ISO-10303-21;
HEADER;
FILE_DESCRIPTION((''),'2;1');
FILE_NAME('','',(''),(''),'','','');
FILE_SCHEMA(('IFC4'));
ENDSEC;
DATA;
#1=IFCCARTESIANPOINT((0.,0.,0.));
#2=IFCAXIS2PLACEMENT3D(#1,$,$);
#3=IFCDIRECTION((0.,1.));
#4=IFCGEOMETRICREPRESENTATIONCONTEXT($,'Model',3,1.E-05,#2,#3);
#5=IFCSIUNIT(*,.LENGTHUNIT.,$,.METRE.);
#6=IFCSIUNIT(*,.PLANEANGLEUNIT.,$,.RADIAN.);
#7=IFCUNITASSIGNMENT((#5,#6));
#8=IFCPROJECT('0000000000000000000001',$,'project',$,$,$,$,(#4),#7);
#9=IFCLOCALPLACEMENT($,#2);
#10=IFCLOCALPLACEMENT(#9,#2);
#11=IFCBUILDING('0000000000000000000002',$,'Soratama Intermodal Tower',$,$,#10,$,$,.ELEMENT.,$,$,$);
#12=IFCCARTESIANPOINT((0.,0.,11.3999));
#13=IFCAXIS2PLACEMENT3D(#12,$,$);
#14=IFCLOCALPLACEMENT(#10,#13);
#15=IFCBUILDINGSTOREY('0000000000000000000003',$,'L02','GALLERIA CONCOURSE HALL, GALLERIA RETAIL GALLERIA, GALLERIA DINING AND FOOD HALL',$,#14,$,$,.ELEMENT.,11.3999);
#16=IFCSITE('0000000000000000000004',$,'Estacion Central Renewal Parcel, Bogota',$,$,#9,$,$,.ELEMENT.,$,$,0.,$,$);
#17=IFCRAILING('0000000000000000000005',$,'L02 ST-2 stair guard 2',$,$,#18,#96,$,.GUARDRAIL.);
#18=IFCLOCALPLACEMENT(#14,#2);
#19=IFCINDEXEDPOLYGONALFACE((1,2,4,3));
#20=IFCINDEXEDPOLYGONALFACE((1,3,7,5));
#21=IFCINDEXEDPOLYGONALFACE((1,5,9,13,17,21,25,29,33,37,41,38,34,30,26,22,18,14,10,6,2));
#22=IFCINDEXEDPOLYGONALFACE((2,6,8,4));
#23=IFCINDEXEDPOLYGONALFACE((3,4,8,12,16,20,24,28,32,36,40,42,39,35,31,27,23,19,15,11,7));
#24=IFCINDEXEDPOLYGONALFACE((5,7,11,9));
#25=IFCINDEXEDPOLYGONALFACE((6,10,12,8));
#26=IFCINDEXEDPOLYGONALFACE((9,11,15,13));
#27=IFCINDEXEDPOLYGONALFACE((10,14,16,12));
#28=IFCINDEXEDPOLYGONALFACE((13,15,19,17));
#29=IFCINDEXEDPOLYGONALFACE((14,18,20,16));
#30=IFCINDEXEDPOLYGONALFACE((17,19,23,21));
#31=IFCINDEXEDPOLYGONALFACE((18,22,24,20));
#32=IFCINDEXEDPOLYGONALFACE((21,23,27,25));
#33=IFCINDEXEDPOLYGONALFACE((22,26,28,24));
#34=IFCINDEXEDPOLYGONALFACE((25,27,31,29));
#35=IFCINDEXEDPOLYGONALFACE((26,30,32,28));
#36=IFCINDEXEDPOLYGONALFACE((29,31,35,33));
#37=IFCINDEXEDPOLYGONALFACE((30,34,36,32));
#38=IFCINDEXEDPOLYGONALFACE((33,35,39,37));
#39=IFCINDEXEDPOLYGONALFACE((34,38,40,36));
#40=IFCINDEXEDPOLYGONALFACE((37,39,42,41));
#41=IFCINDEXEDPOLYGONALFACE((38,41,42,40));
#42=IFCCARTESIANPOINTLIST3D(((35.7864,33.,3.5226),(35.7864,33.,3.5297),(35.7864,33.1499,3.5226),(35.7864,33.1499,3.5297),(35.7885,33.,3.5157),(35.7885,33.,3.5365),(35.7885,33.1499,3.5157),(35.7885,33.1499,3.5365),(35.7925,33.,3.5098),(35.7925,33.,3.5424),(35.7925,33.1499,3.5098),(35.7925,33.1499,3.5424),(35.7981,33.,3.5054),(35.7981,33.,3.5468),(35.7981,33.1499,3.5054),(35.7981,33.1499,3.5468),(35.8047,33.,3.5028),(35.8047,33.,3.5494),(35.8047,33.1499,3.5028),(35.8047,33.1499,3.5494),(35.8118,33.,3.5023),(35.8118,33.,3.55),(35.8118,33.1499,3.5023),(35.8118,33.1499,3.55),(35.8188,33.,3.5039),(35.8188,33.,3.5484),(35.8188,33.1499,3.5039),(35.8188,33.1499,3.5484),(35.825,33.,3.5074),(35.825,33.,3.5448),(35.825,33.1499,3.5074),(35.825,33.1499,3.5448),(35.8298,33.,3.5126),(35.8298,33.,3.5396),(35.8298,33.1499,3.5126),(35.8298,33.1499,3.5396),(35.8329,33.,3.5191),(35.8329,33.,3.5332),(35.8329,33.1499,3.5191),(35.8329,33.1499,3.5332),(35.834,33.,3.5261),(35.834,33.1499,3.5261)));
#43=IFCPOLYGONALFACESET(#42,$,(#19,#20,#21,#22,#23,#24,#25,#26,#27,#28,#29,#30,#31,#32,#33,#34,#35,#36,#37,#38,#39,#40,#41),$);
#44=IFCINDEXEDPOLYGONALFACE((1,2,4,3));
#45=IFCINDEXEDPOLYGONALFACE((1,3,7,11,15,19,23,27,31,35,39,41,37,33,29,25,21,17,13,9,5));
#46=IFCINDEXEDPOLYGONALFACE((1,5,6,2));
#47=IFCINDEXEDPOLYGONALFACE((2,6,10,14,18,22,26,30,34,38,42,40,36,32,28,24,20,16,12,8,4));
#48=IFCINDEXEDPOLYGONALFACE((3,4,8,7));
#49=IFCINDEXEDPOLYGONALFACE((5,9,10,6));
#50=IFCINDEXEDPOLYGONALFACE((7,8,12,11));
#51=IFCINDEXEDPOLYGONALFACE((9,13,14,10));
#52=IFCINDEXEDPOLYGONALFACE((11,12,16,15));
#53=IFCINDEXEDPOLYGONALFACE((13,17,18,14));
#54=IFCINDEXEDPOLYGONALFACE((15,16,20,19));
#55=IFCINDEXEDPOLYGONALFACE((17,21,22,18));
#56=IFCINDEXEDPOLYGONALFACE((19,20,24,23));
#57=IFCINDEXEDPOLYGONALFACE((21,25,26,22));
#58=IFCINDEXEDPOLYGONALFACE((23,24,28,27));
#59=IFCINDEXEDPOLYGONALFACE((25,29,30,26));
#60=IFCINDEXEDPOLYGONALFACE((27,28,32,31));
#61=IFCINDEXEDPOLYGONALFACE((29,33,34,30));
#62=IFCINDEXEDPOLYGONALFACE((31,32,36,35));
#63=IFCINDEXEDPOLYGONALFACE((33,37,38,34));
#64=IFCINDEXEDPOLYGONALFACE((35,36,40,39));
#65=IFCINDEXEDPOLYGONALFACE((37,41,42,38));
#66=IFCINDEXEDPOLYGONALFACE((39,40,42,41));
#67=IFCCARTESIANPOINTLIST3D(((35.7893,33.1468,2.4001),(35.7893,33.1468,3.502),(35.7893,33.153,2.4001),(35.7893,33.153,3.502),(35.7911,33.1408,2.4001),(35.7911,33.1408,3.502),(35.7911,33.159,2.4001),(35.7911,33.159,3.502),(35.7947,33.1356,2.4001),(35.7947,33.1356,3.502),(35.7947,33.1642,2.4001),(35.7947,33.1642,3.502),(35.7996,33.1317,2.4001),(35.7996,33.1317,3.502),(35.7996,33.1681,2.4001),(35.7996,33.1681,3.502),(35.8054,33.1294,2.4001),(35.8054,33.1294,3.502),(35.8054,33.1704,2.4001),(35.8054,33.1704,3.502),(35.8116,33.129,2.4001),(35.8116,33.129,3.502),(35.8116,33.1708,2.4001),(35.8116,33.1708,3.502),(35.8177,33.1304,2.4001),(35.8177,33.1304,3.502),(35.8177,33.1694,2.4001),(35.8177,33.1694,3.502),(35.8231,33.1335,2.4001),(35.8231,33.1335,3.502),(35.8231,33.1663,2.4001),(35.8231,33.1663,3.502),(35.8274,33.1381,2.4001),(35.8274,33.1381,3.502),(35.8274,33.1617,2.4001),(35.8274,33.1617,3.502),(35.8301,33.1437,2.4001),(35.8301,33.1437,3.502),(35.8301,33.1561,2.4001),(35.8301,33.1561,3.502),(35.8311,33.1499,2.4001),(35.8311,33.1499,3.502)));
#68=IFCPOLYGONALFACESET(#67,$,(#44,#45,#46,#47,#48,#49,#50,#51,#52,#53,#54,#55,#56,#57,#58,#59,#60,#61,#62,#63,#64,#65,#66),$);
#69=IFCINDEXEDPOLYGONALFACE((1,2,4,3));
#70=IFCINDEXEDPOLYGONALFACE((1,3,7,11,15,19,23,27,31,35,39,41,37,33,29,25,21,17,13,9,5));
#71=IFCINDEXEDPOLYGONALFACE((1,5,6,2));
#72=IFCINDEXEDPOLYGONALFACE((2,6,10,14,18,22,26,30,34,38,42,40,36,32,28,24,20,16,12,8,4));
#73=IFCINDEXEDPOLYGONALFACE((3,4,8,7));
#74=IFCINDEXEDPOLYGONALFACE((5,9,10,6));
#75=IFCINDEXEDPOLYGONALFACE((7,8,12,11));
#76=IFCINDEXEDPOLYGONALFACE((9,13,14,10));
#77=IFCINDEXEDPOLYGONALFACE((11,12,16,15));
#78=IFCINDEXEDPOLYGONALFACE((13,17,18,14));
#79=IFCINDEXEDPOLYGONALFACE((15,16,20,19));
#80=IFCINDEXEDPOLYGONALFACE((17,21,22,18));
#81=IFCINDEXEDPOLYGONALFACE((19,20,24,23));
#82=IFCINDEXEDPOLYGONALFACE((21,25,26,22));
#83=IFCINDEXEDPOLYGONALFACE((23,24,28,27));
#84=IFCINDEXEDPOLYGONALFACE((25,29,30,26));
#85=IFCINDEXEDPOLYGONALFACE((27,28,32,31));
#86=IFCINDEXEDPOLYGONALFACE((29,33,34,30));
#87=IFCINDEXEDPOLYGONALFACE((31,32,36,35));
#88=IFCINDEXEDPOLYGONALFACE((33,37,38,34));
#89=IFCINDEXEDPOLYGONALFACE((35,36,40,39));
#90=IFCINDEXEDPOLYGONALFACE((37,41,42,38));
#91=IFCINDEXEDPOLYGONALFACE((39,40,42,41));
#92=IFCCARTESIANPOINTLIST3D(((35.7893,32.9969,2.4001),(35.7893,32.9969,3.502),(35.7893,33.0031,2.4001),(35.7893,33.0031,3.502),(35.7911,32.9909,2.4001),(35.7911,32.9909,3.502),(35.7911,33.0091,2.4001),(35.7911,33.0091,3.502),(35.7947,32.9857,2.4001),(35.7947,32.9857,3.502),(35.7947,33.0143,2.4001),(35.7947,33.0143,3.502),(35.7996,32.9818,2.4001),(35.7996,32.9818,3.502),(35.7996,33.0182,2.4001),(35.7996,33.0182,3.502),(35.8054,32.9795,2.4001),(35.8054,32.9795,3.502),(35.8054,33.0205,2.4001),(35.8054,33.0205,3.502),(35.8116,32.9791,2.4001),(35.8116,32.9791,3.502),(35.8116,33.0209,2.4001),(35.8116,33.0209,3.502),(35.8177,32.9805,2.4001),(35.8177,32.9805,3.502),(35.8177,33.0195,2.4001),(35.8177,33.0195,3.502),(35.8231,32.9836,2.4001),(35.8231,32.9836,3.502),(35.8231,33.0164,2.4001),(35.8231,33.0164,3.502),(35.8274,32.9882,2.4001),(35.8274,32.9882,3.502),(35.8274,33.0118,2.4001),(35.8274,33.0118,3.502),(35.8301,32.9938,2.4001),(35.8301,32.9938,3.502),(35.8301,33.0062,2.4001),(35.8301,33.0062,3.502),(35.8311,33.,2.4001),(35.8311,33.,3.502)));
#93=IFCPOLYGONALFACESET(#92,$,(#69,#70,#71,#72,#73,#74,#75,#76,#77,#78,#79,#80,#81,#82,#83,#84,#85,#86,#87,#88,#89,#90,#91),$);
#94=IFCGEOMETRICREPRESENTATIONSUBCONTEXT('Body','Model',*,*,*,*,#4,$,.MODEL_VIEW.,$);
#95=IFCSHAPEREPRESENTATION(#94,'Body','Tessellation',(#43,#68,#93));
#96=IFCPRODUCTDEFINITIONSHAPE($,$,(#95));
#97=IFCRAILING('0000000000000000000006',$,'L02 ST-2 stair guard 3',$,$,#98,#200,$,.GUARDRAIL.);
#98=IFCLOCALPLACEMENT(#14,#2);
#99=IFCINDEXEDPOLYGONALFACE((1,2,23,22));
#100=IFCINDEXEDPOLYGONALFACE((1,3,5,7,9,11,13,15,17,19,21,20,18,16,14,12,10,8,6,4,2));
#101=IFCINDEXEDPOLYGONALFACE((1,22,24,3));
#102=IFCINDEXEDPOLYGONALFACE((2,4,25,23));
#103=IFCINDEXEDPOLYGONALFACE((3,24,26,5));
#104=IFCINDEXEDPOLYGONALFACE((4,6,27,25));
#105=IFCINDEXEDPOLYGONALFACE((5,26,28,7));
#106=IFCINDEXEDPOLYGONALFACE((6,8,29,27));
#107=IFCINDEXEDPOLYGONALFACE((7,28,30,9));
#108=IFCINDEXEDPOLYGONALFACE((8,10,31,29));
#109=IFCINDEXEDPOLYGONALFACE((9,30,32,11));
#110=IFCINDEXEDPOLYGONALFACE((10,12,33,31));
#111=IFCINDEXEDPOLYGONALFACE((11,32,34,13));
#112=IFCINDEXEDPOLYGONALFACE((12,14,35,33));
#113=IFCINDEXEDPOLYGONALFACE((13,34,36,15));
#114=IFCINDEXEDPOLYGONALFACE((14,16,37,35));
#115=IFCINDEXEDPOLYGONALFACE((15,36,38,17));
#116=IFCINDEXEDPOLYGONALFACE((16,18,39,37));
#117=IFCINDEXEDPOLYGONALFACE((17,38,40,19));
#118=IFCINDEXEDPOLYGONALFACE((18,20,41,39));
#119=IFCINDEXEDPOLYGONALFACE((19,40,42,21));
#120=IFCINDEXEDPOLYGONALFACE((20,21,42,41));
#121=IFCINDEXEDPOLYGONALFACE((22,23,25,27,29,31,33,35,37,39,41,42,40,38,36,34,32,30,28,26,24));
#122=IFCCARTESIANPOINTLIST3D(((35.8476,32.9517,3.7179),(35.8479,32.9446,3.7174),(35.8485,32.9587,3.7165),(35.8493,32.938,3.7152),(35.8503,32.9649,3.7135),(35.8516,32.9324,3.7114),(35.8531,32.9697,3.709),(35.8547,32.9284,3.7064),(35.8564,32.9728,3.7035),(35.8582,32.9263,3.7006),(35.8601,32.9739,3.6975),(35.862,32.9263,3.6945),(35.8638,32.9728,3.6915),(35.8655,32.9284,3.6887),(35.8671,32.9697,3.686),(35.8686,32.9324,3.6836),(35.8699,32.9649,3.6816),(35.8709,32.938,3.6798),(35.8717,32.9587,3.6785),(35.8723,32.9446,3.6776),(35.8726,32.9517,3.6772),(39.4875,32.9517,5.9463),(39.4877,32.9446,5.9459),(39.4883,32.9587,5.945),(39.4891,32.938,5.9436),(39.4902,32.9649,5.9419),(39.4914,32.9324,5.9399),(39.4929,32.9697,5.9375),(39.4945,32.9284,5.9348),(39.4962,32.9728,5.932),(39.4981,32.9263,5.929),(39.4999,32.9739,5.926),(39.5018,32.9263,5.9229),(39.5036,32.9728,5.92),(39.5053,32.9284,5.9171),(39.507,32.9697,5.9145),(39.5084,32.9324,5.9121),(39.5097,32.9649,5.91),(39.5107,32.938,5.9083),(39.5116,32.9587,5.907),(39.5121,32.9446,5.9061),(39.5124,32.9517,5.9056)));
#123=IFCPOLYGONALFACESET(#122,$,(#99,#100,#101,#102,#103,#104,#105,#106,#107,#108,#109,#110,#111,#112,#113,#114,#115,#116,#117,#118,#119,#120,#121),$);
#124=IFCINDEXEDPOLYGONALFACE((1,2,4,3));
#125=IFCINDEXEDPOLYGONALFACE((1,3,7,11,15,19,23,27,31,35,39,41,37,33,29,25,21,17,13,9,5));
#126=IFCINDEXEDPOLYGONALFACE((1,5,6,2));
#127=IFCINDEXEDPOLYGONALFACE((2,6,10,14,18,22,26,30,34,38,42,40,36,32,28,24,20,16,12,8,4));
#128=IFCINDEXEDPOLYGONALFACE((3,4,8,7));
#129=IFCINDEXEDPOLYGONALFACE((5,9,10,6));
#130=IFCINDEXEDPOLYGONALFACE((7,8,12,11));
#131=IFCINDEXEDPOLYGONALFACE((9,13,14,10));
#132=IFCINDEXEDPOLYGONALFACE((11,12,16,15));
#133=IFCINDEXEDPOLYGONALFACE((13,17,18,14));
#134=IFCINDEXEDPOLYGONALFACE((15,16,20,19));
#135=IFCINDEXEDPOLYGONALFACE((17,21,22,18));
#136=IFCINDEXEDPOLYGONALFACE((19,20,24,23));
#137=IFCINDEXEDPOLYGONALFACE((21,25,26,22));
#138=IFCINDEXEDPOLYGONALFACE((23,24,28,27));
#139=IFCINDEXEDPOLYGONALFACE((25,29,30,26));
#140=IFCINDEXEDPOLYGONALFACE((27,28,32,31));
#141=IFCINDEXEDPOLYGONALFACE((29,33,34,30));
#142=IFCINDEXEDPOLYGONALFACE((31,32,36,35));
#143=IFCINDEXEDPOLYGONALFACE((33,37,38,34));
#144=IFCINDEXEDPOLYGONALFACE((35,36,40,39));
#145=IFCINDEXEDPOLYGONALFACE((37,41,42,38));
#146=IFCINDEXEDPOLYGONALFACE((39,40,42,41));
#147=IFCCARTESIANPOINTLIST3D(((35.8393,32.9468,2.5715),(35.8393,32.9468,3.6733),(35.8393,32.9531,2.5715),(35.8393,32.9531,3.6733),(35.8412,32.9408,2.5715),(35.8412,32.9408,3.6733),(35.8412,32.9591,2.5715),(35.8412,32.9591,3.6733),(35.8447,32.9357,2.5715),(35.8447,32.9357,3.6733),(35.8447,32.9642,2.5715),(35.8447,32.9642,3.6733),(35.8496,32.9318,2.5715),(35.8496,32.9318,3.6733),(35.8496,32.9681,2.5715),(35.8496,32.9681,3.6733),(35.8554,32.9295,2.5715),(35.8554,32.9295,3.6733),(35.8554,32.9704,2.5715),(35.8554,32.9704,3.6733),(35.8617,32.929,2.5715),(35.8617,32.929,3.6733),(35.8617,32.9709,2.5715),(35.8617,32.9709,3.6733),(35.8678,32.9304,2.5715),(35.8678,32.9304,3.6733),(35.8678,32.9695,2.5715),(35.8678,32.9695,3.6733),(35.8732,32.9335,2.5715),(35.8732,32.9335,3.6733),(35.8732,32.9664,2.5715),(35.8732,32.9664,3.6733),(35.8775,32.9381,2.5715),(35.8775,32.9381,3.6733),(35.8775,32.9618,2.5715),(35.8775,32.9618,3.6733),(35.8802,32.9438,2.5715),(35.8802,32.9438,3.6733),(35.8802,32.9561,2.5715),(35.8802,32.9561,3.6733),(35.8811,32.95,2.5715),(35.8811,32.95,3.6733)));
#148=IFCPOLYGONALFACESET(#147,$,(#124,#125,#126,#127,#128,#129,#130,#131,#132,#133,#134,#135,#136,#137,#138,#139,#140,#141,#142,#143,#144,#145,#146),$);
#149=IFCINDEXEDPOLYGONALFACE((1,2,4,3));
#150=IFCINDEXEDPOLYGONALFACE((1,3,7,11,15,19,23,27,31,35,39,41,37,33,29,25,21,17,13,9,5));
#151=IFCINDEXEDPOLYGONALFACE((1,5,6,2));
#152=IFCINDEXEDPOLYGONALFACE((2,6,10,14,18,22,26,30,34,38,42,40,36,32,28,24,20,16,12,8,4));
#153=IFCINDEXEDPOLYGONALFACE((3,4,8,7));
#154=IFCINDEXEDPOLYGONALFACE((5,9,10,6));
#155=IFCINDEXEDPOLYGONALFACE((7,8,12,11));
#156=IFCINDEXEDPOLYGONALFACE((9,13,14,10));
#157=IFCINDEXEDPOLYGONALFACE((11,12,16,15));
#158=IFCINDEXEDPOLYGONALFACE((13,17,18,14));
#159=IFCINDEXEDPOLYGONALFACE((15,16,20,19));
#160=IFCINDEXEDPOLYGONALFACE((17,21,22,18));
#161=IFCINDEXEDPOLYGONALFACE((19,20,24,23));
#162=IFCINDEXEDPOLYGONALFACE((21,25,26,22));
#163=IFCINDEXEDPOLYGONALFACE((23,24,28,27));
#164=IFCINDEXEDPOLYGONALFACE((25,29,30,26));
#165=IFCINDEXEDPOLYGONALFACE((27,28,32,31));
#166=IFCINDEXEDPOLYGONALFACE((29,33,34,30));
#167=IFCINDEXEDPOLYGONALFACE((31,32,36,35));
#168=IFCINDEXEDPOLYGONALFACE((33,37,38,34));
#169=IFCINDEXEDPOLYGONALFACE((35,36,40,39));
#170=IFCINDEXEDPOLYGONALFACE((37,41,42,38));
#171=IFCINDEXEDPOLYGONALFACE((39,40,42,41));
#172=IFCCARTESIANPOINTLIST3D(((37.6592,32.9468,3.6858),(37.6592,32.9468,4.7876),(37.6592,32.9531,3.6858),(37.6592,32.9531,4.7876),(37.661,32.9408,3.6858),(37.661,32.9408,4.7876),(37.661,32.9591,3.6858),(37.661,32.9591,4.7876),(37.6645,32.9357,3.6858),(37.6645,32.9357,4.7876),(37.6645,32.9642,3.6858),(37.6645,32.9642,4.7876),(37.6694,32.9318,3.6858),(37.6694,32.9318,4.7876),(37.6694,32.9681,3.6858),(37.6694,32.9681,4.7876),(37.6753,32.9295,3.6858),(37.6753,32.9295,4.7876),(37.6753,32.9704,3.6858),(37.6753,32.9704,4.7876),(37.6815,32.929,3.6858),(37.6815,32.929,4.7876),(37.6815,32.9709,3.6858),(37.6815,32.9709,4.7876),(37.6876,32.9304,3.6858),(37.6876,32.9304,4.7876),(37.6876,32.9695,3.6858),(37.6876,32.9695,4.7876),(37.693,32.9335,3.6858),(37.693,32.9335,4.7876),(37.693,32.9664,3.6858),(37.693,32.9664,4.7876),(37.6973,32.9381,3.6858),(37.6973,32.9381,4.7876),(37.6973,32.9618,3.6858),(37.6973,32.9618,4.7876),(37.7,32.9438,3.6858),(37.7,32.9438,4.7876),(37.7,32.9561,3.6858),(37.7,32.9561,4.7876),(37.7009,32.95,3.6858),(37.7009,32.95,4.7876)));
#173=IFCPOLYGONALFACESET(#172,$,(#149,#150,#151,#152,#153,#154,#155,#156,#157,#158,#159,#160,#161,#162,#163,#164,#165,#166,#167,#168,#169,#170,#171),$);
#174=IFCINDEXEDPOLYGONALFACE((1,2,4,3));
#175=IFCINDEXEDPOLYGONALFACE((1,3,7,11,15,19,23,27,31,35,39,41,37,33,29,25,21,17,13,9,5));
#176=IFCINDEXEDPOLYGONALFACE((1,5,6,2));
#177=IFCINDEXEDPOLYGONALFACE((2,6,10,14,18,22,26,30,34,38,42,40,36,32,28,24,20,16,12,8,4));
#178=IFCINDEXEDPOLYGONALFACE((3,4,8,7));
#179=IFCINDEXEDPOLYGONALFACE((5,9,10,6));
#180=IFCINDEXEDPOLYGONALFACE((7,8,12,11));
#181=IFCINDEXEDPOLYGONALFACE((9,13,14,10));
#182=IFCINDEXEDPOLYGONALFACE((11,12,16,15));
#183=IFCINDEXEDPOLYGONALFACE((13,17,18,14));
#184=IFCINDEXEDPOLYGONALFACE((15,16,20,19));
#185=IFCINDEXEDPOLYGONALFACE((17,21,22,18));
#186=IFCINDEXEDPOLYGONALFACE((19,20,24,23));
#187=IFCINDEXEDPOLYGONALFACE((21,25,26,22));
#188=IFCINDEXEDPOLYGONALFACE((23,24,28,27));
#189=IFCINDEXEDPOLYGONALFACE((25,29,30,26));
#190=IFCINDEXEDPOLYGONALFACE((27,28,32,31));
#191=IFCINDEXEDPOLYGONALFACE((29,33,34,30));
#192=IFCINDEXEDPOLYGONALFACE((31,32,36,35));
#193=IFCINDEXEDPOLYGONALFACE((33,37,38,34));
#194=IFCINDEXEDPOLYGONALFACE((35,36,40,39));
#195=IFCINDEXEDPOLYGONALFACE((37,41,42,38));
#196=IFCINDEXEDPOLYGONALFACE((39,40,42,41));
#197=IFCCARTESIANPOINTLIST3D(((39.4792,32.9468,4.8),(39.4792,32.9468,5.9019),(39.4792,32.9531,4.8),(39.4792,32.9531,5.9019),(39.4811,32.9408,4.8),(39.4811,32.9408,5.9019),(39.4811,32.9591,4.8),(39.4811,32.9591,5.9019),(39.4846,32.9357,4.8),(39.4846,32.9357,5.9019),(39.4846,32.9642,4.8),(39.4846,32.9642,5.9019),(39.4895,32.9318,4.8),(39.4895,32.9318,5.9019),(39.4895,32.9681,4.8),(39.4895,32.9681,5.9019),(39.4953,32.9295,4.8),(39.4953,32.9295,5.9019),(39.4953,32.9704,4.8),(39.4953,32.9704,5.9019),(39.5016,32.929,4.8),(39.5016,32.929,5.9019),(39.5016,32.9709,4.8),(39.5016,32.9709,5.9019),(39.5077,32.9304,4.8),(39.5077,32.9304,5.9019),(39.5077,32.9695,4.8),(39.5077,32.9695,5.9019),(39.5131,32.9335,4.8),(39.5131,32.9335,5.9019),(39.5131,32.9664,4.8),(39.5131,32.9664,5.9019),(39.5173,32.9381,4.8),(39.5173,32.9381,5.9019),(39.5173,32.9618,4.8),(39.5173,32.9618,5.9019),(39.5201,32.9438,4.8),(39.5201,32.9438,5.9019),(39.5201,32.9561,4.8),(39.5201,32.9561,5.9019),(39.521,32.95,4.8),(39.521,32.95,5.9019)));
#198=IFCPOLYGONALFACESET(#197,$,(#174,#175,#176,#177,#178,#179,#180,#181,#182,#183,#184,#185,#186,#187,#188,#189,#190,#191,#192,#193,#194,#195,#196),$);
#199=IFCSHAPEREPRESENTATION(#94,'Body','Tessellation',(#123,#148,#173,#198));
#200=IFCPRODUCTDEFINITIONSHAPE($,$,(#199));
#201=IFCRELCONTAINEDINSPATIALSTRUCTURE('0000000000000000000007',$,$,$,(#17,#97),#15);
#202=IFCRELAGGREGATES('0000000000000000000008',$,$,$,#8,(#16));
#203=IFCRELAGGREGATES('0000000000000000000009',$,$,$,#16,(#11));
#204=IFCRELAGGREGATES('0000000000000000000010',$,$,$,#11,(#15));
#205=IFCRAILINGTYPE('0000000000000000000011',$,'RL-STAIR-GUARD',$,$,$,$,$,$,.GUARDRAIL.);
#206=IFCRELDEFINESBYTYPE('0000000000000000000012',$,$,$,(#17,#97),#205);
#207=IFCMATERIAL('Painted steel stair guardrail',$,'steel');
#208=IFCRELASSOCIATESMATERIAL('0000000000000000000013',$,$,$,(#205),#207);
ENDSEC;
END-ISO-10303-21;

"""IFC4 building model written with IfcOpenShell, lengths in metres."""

from ifc_helpers import new_model, si_unit, direction, frame, origin, origin_2d, place, context, subcontext, project, spatial, circle, extrude, material, type_object, element, save


model = new_model("IFC4")

# Units and contexts
model_context = context("Model", 3, precision=1e-05, world=origin(), true_north=direction((0.0, 1.0)))
body_context = subcontext(model_context, "Body", "Model", "MODEL_VIEW")
ifc_project = project(units=[si_unit("LENGTHUNIT", "METRE"), si_unit("PLANEANGLEUNIT", "RADIAN")], contexts=[model_context])

# Site, building, storey
site_placement = place(None, origin())
site = spatial("IfcSite", under=ifc_project, at=site_placement, Name="Estacion Central Renewal Parcel, Bogota", CompositionType="ELEMENT", RefElevation=0.0)
building_placement = place(site_placement, origin())
building = spatial("IfcBuilding", under=site, at=building_placement, Name="Soratama Intermodal Tower", CompositionType="ELEMENT")
storey_placement = place(building_placement, frame((0.0, 0.0, 11.3999)))
storey = spatial("IfcBuildingStorey", under=building, at=storey_placement, Name="L02", Description="GALLERIA CONCOURSE HALL, GALLERIA RETAIL GALLERIA, GALLERIA DINING AND FOOD HALL", CompositionType="ELEMENT", Elevation=11.3999)

# Railings
ifc_material_1 = material(Name="Painted steel stair guardrail", Category="steel")
railing_type = type_object("IfcRailingType", Name="RL-STAIR-GUARD", PredefinedType="GUARDRAIL", material=ifc_material_1)
railing_1_placement = place(storey_placement, frame((35.8101, 33.1499, 2.4001)))
element("IfcRailing", 1, at=railing_1_placement, inside=storey, type_object=railing_type, Name="L02 ST-2 stair guard 2", PredefinedType="GUARDRAIL", context=body_context, shape_type="SweptSolid", body=[
    extrude(circle(Radius=0.0239, at=origin_2d()), frame((0.0, 0.0, 1.126), z_axis=(0.0, -1.0, 0.0), x_axis=(1.0, 0.0, 0.0)), (0.0, 0.0, 1.0), 0.1499),
    extrude(circle(Radius=0.021, at=origin_2d()), origin(), (0.0, 0.0, 1.0), 1.1018),
    extrude(circle(Radius=0.021, at=origin_2d()), frame((0.0, -0.1499, 0.0)), (0.0, 0.0, 1.0), 1.1018),
])
railing_2_placement = place(storey_placement, frame((35.8601, 32.95, 2.5715)))
element("IfcRailing", 2, at=railing_2_placement, inside=storey, type_object=railing_type, Name="L02 ST-2 stair guard 3", PredefinedType="GUARDRAIL", context=body_context, shape_type="SweptSolid", body=[
    extrude(circle(Radius=0.0239, at=origin_2d()), frame((0.0, 0.0, 1.126), z_axis=(0.85285, 0.0, 0.522156), x_axis=(0.0, 1.0, 0.0)), (0.0, 0.0, 1.0), 4.2678),
    extrude(circle(Radius=0.021, at=origin_2d()), origin(), (0.0, 0.0, 1.0), 1.1018),
    extrude(circle(Radius=0.021, at=origin_2d()), frame((1.8198, 0.0, 1.1143)), (0.0, 0.0, 1.0), 1.1018),
    extrude(circle(Radius=0.021, at=origin_2d()), frame((3.6399, 0.0, 2.2285)), (0.0, 0.0, 1.0), 1.1018),
])

save(model, "model.ifc")
